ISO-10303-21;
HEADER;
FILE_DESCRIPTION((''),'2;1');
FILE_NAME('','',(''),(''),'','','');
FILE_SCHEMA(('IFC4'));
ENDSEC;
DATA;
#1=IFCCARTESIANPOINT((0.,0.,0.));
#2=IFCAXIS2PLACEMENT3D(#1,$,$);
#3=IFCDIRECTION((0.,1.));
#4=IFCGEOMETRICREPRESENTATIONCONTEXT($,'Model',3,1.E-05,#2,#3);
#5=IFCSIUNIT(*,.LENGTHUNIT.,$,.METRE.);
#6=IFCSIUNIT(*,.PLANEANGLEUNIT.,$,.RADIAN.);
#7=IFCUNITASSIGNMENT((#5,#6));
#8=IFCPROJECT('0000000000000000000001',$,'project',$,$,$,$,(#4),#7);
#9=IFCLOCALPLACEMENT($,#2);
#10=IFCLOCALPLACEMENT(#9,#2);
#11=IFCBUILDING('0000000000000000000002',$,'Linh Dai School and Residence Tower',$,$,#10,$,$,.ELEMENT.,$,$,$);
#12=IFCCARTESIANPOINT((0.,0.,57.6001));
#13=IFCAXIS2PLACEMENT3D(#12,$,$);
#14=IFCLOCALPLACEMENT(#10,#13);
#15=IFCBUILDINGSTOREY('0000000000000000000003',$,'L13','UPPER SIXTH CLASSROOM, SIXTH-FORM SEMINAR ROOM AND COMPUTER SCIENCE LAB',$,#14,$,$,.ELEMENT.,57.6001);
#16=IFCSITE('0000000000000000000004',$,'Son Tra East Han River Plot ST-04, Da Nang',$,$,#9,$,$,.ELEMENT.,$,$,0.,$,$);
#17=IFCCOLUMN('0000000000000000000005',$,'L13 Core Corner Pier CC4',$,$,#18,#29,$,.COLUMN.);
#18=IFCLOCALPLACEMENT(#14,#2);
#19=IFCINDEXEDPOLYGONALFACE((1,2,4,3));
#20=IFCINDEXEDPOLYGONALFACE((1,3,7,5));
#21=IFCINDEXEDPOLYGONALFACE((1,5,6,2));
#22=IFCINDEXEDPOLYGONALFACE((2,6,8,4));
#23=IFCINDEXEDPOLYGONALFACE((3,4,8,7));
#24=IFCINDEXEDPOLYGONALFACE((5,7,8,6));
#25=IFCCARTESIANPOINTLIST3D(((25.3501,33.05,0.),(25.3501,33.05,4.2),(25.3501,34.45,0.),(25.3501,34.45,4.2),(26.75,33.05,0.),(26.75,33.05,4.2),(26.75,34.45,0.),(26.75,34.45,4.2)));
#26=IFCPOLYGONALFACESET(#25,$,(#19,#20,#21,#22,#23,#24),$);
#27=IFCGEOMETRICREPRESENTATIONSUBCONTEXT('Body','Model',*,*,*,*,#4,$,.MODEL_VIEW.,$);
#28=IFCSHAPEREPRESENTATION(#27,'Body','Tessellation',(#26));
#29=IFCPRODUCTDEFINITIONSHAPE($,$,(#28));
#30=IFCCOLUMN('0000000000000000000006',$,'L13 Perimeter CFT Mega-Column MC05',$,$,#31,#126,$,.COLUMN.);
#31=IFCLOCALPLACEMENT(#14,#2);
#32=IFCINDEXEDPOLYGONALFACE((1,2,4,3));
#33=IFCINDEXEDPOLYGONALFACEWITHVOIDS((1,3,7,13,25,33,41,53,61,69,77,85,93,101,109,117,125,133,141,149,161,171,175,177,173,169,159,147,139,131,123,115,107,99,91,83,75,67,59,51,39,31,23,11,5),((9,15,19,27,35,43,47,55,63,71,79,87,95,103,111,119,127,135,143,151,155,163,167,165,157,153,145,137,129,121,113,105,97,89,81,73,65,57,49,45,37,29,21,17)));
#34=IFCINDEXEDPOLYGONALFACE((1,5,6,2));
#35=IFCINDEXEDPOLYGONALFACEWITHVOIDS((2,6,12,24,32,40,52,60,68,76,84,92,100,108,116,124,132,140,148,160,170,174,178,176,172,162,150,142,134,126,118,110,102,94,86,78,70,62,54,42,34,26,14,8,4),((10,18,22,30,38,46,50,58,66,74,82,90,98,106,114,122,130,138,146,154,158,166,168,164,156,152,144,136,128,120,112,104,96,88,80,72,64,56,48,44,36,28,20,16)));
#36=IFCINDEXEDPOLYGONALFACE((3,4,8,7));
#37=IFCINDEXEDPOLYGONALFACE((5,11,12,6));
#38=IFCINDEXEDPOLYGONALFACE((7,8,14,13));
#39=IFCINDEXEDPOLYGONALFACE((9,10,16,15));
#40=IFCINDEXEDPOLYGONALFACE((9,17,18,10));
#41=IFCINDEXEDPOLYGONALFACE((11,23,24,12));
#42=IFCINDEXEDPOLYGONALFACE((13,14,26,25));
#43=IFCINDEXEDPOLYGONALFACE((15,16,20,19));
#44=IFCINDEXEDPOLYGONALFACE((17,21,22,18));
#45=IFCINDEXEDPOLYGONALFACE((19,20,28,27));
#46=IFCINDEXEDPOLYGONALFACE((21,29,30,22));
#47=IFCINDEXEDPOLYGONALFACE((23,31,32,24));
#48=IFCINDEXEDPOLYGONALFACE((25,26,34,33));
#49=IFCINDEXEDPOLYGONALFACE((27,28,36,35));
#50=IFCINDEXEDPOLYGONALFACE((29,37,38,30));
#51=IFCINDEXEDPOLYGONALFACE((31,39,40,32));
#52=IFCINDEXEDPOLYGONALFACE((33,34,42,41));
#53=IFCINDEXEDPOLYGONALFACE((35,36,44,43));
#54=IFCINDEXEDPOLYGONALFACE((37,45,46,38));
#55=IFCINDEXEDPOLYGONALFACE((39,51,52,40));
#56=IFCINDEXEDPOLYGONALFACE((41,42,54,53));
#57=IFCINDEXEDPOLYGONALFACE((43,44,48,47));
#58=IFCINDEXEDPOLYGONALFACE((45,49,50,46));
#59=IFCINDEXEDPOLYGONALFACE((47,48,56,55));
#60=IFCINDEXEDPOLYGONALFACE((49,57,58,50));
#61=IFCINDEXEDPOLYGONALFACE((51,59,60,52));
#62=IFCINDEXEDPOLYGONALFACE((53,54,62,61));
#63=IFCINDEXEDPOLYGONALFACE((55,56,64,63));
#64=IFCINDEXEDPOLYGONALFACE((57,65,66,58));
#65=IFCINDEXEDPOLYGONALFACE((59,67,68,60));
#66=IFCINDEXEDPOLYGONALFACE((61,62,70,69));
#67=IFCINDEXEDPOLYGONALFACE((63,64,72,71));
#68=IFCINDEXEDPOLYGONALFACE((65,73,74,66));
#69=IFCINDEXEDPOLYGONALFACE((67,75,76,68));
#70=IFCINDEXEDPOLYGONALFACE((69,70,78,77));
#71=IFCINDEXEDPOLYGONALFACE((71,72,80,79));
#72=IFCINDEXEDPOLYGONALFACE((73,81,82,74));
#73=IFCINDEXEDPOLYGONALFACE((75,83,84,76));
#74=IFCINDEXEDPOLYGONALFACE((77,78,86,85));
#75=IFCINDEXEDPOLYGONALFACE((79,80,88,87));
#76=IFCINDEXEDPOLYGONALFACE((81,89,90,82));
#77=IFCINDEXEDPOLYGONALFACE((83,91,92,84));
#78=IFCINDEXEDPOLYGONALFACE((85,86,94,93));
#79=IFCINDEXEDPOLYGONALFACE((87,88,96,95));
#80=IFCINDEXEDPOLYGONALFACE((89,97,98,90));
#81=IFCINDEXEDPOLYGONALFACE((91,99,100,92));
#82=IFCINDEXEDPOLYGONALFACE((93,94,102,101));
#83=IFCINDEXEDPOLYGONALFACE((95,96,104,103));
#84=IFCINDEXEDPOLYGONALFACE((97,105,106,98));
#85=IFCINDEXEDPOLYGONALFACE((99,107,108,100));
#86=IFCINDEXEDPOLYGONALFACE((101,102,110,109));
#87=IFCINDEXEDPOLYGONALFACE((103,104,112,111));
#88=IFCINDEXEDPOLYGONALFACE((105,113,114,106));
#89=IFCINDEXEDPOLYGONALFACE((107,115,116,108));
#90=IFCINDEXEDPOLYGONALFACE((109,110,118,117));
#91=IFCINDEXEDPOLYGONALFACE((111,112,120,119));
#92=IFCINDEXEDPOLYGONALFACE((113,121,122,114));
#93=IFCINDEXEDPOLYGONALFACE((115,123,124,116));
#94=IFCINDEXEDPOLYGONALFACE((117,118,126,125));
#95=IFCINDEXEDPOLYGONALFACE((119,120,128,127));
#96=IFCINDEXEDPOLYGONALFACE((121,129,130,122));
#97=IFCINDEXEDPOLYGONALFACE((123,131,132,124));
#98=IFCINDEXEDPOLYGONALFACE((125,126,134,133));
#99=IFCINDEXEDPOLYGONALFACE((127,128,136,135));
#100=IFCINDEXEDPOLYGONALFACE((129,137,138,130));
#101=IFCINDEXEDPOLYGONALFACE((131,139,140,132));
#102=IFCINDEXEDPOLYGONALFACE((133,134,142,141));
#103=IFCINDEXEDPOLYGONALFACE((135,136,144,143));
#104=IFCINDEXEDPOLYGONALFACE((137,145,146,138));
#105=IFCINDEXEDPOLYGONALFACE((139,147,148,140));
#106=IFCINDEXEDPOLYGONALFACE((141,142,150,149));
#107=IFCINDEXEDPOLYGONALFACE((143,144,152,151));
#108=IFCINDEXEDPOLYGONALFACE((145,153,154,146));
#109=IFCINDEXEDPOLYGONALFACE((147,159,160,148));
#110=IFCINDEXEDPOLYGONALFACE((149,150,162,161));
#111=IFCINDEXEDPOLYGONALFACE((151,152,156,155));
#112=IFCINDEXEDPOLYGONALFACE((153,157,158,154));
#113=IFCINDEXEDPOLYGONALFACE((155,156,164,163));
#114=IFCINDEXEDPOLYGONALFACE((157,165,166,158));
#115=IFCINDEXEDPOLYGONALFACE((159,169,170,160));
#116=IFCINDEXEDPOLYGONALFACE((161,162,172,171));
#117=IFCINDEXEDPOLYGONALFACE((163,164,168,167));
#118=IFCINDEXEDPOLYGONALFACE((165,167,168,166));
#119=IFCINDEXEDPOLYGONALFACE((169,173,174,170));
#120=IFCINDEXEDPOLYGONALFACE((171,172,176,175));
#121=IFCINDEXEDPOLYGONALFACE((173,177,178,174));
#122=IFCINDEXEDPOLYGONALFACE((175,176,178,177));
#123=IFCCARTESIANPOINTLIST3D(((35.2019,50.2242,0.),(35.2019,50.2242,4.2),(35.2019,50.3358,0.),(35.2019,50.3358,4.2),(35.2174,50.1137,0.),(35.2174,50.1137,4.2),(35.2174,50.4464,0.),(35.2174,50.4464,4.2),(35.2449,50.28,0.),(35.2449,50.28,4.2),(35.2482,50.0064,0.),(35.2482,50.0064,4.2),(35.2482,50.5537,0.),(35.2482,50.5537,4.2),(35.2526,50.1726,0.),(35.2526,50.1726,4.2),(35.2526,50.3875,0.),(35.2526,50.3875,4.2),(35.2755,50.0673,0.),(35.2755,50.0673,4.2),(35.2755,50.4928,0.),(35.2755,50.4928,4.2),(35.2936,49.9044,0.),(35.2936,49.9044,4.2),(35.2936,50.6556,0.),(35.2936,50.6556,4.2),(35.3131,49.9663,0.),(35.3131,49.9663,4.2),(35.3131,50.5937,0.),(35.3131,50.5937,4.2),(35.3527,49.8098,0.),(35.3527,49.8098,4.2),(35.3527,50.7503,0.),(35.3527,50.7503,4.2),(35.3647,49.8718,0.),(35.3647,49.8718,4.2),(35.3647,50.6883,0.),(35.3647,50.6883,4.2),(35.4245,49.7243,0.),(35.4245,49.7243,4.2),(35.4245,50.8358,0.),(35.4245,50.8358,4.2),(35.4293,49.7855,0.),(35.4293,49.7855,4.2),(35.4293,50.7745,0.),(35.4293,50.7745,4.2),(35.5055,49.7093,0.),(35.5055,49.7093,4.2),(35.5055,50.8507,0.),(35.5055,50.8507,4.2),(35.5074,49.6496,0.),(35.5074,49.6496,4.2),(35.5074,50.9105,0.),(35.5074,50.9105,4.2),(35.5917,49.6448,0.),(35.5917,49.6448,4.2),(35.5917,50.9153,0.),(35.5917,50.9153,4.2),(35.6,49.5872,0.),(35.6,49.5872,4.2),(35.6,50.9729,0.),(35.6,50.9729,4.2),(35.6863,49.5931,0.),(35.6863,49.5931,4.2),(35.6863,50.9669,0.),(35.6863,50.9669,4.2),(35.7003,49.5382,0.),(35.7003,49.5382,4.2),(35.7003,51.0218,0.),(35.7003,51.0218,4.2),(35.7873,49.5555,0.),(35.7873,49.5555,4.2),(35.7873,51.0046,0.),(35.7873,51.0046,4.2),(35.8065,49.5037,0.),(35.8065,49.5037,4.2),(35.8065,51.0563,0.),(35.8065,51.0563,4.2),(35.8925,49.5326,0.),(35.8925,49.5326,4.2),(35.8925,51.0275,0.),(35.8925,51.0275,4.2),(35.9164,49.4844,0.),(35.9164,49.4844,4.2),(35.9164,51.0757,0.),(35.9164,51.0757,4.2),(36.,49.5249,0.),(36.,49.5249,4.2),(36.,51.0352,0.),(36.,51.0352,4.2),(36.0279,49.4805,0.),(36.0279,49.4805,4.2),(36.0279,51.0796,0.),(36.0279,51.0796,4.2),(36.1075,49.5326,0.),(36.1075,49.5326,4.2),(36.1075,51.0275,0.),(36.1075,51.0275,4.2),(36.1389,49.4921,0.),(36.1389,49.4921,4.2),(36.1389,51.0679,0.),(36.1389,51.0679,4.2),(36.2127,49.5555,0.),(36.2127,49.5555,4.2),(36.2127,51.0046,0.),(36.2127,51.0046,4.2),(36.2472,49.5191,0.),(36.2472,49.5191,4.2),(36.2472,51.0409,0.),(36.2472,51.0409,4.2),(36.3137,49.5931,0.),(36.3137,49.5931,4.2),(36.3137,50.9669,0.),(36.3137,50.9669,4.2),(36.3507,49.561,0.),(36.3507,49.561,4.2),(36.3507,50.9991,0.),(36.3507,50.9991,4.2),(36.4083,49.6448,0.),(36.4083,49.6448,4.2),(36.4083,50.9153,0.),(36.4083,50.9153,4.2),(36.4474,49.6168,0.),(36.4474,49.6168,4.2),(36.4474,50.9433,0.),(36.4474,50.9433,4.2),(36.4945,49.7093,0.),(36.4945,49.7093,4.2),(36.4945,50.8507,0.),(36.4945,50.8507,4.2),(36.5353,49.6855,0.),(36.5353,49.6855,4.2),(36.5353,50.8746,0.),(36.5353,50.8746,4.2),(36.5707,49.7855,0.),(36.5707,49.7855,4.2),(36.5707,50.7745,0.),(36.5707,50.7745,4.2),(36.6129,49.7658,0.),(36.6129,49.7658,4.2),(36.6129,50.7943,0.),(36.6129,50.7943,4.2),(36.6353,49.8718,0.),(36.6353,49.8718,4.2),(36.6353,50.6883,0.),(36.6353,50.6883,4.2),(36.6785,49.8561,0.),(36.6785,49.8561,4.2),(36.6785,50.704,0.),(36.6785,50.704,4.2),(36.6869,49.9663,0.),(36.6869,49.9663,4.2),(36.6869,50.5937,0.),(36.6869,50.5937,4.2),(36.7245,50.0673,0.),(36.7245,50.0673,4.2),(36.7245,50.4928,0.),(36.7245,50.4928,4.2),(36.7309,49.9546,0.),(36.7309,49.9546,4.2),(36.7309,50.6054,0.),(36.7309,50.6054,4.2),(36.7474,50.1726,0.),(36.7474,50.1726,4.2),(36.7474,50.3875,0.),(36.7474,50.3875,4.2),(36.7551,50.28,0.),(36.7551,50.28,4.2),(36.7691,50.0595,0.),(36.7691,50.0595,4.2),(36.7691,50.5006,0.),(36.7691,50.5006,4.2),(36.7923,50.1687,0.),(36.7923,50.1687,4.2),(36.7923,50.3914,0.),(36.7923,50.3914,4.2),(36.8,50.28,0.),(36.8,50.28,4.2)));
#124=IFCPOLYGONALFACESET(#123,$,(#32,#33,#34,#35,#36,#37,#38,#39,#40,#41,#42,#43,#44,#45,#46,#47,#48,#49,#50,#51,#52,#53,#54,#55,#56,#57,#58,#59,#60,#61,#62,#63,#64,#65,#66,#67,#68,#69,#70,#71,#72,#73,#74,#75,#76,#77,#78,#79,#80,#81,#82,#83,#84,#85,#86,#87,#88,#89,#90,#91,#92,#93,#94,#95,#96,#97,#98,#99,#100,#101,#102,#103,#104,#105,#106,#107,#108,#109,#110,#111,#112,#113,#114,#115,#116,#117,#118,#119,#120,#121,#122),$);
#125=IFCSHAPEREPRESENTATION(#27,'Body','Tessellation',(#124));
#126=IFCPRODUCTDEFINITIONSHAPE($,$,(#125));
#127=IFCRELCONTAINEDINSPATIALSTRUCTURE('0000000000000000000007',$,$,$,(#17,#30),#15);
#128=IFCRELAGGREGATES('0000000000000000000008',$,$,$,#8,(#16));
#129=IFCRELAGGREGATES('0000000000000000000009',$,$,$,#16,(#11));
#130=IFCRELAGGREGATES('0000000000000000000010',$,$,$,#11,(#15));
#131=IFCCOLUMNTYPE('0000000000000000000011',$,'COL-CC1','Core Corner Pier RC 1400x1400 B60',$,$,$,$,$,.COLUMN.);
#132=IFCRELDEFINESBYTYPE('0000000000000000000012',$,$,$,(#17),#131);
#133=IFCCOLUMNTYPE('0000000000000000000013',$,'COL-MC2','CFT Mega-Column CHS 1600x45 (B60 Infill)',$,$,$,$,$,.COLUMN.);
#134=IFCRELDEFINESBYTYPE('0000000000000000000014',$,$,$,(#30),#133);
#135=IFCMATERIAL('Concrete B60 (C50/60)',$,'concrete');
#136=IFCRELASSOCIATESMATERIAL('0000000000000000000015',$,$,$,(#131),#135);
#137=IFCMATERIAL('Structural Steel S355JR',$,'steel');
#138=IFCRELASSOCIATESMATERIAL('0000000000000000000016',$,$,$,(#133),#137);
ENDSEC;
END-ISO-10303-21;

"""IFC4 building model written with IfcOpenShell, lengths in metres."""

from ifc_helpers import new_model, si_unit, direction, frame, origin, origin_2d, place, context, subcontext, project, spatial, rectangle, hollow_circle, extrude, material, material_profile, profile_set, type_object, element, save


model = new_model("IFC4")

# Units and contexts
model_context = context("Model", 3, precision=1e-05, world=origin(), true_north=direction((0.0, 1.0)))
body_context = subcontext(model_context, "Body", "Model", "MODEL_VIEW")
ifc_project = project(units=[si_unit("LENGTHUNIT", "METRE"), si_unit("PLANEANGLEUNIT", "RADIAN")], contexts=[model_context])

# Site, building, storey
site_placement = place(None, origin())
site = spatial("IfcSite", under=ifc_project, at=site_placement, Name="Son Tra East Han River Plot ST-04, Da Nang", CompositionType="ELEMENT", RefElevation=0.0)
building_placement = place(site_placement, origin())
building = spatial("IfcBuilding", under=site, at=building_placement, Name="Linh Dai School and Residence Tower", CompositionType="ELEMENT")
storey_placement = place(building_placement, frame((0.0, 0.0, 57.6001)))
storey = spatial("IfcBuildingStorey", under=building, at=storey_placement, Name="L13", Description="UPPER SIXTH CLASSROOM, SIXTH-FORM SEMINAR ROOM AND COMPUTER SCIENCE LAB", CompositionType="ELEMENT", Elevation=57.6001)

# Columns
ifc_material_1 = material(Name="Concrete B60 (C50/60)", Category="concrete")
ifc_material_profile_1 = material_profile(ifc_material_1, rectangle(XDim=1.3999, YDim=1.3999, at=origin_2d()), Name="RC 1400x1400")
ifc_profile_set_1 = profile_set([ifc_material_profile_1], Name="Concrete B60 (C50/60)")
column_type_1 = type_object("IfcColumnType", Name="COL-CC1", Description="Core Corner Pier RC 1400x1400 B60", PredefinedType="COLUMN", material=ifc_profile_set_1)
column_1_placement = place(storey_placement, frame((26.05, 33.75, 0.0), z_axis=(0.0, 0.0, 1.0), x_axis=(1.0, 0.0, 0.0)))
element("IfcColumn", 1, at=column_1_placement, inside=storey, type_object=column_type_1, Name="L13 Core Corner Pier CC4", PredefinedType="COLUMN", context=body_context, shape_type="SweptSolid", body=[
    extrude(rectangle(XDim=1.3999, YDim=1.3999, at=origin_2d()), origin(), (0.0, 0.0, 1.0), 4.2),
])
ifc_material_2 = material(Name="Structural Steel S355JR", Category="steel")
ifc_material_profile_2 = material_profile(ifc_material_2, hollow_circle(Radius=0.8, WallThickness=0.0449, at=origin_2d()), Name="CHS 1600x45")
ifc_profile_set_2 = profile_set([ifc_material_profile_2], Name="Structural Steel S355JR")
column_type_2 = type_object("IfcColumnType", Name="COL-MC2", Description="CFT Mega-Column CHS 1600x45 (B60 Infill)", PredefinedType="COLUMN", material=ifc_profile_set_2)
for number, where, z_axis, x_axis, name in (
    (2, (36.0, 50.28, 0.0), (0.0, 0.0, 1.0), (1.0, 0.0, 0.0), "L13 Perimeter CFT Mega-Column MC05"),
):
    element("IfcColumn", number, at=place(storey_placement, frame(where, z_axis=z_axis, x_axis=x_axis)), inside=storey, type_object=column_type_2, Name=name, PredefinedType="COLUMN", context=body_context, shape_type="SweptSolid", body=[
        extrude(hollow_circle(Radius=0.8, WallThickness=0.0449, at=origin_2d()), origin(), (0.0, 0.0, 1.0), 4.2),
    ])

save(model, "model.ifc")
